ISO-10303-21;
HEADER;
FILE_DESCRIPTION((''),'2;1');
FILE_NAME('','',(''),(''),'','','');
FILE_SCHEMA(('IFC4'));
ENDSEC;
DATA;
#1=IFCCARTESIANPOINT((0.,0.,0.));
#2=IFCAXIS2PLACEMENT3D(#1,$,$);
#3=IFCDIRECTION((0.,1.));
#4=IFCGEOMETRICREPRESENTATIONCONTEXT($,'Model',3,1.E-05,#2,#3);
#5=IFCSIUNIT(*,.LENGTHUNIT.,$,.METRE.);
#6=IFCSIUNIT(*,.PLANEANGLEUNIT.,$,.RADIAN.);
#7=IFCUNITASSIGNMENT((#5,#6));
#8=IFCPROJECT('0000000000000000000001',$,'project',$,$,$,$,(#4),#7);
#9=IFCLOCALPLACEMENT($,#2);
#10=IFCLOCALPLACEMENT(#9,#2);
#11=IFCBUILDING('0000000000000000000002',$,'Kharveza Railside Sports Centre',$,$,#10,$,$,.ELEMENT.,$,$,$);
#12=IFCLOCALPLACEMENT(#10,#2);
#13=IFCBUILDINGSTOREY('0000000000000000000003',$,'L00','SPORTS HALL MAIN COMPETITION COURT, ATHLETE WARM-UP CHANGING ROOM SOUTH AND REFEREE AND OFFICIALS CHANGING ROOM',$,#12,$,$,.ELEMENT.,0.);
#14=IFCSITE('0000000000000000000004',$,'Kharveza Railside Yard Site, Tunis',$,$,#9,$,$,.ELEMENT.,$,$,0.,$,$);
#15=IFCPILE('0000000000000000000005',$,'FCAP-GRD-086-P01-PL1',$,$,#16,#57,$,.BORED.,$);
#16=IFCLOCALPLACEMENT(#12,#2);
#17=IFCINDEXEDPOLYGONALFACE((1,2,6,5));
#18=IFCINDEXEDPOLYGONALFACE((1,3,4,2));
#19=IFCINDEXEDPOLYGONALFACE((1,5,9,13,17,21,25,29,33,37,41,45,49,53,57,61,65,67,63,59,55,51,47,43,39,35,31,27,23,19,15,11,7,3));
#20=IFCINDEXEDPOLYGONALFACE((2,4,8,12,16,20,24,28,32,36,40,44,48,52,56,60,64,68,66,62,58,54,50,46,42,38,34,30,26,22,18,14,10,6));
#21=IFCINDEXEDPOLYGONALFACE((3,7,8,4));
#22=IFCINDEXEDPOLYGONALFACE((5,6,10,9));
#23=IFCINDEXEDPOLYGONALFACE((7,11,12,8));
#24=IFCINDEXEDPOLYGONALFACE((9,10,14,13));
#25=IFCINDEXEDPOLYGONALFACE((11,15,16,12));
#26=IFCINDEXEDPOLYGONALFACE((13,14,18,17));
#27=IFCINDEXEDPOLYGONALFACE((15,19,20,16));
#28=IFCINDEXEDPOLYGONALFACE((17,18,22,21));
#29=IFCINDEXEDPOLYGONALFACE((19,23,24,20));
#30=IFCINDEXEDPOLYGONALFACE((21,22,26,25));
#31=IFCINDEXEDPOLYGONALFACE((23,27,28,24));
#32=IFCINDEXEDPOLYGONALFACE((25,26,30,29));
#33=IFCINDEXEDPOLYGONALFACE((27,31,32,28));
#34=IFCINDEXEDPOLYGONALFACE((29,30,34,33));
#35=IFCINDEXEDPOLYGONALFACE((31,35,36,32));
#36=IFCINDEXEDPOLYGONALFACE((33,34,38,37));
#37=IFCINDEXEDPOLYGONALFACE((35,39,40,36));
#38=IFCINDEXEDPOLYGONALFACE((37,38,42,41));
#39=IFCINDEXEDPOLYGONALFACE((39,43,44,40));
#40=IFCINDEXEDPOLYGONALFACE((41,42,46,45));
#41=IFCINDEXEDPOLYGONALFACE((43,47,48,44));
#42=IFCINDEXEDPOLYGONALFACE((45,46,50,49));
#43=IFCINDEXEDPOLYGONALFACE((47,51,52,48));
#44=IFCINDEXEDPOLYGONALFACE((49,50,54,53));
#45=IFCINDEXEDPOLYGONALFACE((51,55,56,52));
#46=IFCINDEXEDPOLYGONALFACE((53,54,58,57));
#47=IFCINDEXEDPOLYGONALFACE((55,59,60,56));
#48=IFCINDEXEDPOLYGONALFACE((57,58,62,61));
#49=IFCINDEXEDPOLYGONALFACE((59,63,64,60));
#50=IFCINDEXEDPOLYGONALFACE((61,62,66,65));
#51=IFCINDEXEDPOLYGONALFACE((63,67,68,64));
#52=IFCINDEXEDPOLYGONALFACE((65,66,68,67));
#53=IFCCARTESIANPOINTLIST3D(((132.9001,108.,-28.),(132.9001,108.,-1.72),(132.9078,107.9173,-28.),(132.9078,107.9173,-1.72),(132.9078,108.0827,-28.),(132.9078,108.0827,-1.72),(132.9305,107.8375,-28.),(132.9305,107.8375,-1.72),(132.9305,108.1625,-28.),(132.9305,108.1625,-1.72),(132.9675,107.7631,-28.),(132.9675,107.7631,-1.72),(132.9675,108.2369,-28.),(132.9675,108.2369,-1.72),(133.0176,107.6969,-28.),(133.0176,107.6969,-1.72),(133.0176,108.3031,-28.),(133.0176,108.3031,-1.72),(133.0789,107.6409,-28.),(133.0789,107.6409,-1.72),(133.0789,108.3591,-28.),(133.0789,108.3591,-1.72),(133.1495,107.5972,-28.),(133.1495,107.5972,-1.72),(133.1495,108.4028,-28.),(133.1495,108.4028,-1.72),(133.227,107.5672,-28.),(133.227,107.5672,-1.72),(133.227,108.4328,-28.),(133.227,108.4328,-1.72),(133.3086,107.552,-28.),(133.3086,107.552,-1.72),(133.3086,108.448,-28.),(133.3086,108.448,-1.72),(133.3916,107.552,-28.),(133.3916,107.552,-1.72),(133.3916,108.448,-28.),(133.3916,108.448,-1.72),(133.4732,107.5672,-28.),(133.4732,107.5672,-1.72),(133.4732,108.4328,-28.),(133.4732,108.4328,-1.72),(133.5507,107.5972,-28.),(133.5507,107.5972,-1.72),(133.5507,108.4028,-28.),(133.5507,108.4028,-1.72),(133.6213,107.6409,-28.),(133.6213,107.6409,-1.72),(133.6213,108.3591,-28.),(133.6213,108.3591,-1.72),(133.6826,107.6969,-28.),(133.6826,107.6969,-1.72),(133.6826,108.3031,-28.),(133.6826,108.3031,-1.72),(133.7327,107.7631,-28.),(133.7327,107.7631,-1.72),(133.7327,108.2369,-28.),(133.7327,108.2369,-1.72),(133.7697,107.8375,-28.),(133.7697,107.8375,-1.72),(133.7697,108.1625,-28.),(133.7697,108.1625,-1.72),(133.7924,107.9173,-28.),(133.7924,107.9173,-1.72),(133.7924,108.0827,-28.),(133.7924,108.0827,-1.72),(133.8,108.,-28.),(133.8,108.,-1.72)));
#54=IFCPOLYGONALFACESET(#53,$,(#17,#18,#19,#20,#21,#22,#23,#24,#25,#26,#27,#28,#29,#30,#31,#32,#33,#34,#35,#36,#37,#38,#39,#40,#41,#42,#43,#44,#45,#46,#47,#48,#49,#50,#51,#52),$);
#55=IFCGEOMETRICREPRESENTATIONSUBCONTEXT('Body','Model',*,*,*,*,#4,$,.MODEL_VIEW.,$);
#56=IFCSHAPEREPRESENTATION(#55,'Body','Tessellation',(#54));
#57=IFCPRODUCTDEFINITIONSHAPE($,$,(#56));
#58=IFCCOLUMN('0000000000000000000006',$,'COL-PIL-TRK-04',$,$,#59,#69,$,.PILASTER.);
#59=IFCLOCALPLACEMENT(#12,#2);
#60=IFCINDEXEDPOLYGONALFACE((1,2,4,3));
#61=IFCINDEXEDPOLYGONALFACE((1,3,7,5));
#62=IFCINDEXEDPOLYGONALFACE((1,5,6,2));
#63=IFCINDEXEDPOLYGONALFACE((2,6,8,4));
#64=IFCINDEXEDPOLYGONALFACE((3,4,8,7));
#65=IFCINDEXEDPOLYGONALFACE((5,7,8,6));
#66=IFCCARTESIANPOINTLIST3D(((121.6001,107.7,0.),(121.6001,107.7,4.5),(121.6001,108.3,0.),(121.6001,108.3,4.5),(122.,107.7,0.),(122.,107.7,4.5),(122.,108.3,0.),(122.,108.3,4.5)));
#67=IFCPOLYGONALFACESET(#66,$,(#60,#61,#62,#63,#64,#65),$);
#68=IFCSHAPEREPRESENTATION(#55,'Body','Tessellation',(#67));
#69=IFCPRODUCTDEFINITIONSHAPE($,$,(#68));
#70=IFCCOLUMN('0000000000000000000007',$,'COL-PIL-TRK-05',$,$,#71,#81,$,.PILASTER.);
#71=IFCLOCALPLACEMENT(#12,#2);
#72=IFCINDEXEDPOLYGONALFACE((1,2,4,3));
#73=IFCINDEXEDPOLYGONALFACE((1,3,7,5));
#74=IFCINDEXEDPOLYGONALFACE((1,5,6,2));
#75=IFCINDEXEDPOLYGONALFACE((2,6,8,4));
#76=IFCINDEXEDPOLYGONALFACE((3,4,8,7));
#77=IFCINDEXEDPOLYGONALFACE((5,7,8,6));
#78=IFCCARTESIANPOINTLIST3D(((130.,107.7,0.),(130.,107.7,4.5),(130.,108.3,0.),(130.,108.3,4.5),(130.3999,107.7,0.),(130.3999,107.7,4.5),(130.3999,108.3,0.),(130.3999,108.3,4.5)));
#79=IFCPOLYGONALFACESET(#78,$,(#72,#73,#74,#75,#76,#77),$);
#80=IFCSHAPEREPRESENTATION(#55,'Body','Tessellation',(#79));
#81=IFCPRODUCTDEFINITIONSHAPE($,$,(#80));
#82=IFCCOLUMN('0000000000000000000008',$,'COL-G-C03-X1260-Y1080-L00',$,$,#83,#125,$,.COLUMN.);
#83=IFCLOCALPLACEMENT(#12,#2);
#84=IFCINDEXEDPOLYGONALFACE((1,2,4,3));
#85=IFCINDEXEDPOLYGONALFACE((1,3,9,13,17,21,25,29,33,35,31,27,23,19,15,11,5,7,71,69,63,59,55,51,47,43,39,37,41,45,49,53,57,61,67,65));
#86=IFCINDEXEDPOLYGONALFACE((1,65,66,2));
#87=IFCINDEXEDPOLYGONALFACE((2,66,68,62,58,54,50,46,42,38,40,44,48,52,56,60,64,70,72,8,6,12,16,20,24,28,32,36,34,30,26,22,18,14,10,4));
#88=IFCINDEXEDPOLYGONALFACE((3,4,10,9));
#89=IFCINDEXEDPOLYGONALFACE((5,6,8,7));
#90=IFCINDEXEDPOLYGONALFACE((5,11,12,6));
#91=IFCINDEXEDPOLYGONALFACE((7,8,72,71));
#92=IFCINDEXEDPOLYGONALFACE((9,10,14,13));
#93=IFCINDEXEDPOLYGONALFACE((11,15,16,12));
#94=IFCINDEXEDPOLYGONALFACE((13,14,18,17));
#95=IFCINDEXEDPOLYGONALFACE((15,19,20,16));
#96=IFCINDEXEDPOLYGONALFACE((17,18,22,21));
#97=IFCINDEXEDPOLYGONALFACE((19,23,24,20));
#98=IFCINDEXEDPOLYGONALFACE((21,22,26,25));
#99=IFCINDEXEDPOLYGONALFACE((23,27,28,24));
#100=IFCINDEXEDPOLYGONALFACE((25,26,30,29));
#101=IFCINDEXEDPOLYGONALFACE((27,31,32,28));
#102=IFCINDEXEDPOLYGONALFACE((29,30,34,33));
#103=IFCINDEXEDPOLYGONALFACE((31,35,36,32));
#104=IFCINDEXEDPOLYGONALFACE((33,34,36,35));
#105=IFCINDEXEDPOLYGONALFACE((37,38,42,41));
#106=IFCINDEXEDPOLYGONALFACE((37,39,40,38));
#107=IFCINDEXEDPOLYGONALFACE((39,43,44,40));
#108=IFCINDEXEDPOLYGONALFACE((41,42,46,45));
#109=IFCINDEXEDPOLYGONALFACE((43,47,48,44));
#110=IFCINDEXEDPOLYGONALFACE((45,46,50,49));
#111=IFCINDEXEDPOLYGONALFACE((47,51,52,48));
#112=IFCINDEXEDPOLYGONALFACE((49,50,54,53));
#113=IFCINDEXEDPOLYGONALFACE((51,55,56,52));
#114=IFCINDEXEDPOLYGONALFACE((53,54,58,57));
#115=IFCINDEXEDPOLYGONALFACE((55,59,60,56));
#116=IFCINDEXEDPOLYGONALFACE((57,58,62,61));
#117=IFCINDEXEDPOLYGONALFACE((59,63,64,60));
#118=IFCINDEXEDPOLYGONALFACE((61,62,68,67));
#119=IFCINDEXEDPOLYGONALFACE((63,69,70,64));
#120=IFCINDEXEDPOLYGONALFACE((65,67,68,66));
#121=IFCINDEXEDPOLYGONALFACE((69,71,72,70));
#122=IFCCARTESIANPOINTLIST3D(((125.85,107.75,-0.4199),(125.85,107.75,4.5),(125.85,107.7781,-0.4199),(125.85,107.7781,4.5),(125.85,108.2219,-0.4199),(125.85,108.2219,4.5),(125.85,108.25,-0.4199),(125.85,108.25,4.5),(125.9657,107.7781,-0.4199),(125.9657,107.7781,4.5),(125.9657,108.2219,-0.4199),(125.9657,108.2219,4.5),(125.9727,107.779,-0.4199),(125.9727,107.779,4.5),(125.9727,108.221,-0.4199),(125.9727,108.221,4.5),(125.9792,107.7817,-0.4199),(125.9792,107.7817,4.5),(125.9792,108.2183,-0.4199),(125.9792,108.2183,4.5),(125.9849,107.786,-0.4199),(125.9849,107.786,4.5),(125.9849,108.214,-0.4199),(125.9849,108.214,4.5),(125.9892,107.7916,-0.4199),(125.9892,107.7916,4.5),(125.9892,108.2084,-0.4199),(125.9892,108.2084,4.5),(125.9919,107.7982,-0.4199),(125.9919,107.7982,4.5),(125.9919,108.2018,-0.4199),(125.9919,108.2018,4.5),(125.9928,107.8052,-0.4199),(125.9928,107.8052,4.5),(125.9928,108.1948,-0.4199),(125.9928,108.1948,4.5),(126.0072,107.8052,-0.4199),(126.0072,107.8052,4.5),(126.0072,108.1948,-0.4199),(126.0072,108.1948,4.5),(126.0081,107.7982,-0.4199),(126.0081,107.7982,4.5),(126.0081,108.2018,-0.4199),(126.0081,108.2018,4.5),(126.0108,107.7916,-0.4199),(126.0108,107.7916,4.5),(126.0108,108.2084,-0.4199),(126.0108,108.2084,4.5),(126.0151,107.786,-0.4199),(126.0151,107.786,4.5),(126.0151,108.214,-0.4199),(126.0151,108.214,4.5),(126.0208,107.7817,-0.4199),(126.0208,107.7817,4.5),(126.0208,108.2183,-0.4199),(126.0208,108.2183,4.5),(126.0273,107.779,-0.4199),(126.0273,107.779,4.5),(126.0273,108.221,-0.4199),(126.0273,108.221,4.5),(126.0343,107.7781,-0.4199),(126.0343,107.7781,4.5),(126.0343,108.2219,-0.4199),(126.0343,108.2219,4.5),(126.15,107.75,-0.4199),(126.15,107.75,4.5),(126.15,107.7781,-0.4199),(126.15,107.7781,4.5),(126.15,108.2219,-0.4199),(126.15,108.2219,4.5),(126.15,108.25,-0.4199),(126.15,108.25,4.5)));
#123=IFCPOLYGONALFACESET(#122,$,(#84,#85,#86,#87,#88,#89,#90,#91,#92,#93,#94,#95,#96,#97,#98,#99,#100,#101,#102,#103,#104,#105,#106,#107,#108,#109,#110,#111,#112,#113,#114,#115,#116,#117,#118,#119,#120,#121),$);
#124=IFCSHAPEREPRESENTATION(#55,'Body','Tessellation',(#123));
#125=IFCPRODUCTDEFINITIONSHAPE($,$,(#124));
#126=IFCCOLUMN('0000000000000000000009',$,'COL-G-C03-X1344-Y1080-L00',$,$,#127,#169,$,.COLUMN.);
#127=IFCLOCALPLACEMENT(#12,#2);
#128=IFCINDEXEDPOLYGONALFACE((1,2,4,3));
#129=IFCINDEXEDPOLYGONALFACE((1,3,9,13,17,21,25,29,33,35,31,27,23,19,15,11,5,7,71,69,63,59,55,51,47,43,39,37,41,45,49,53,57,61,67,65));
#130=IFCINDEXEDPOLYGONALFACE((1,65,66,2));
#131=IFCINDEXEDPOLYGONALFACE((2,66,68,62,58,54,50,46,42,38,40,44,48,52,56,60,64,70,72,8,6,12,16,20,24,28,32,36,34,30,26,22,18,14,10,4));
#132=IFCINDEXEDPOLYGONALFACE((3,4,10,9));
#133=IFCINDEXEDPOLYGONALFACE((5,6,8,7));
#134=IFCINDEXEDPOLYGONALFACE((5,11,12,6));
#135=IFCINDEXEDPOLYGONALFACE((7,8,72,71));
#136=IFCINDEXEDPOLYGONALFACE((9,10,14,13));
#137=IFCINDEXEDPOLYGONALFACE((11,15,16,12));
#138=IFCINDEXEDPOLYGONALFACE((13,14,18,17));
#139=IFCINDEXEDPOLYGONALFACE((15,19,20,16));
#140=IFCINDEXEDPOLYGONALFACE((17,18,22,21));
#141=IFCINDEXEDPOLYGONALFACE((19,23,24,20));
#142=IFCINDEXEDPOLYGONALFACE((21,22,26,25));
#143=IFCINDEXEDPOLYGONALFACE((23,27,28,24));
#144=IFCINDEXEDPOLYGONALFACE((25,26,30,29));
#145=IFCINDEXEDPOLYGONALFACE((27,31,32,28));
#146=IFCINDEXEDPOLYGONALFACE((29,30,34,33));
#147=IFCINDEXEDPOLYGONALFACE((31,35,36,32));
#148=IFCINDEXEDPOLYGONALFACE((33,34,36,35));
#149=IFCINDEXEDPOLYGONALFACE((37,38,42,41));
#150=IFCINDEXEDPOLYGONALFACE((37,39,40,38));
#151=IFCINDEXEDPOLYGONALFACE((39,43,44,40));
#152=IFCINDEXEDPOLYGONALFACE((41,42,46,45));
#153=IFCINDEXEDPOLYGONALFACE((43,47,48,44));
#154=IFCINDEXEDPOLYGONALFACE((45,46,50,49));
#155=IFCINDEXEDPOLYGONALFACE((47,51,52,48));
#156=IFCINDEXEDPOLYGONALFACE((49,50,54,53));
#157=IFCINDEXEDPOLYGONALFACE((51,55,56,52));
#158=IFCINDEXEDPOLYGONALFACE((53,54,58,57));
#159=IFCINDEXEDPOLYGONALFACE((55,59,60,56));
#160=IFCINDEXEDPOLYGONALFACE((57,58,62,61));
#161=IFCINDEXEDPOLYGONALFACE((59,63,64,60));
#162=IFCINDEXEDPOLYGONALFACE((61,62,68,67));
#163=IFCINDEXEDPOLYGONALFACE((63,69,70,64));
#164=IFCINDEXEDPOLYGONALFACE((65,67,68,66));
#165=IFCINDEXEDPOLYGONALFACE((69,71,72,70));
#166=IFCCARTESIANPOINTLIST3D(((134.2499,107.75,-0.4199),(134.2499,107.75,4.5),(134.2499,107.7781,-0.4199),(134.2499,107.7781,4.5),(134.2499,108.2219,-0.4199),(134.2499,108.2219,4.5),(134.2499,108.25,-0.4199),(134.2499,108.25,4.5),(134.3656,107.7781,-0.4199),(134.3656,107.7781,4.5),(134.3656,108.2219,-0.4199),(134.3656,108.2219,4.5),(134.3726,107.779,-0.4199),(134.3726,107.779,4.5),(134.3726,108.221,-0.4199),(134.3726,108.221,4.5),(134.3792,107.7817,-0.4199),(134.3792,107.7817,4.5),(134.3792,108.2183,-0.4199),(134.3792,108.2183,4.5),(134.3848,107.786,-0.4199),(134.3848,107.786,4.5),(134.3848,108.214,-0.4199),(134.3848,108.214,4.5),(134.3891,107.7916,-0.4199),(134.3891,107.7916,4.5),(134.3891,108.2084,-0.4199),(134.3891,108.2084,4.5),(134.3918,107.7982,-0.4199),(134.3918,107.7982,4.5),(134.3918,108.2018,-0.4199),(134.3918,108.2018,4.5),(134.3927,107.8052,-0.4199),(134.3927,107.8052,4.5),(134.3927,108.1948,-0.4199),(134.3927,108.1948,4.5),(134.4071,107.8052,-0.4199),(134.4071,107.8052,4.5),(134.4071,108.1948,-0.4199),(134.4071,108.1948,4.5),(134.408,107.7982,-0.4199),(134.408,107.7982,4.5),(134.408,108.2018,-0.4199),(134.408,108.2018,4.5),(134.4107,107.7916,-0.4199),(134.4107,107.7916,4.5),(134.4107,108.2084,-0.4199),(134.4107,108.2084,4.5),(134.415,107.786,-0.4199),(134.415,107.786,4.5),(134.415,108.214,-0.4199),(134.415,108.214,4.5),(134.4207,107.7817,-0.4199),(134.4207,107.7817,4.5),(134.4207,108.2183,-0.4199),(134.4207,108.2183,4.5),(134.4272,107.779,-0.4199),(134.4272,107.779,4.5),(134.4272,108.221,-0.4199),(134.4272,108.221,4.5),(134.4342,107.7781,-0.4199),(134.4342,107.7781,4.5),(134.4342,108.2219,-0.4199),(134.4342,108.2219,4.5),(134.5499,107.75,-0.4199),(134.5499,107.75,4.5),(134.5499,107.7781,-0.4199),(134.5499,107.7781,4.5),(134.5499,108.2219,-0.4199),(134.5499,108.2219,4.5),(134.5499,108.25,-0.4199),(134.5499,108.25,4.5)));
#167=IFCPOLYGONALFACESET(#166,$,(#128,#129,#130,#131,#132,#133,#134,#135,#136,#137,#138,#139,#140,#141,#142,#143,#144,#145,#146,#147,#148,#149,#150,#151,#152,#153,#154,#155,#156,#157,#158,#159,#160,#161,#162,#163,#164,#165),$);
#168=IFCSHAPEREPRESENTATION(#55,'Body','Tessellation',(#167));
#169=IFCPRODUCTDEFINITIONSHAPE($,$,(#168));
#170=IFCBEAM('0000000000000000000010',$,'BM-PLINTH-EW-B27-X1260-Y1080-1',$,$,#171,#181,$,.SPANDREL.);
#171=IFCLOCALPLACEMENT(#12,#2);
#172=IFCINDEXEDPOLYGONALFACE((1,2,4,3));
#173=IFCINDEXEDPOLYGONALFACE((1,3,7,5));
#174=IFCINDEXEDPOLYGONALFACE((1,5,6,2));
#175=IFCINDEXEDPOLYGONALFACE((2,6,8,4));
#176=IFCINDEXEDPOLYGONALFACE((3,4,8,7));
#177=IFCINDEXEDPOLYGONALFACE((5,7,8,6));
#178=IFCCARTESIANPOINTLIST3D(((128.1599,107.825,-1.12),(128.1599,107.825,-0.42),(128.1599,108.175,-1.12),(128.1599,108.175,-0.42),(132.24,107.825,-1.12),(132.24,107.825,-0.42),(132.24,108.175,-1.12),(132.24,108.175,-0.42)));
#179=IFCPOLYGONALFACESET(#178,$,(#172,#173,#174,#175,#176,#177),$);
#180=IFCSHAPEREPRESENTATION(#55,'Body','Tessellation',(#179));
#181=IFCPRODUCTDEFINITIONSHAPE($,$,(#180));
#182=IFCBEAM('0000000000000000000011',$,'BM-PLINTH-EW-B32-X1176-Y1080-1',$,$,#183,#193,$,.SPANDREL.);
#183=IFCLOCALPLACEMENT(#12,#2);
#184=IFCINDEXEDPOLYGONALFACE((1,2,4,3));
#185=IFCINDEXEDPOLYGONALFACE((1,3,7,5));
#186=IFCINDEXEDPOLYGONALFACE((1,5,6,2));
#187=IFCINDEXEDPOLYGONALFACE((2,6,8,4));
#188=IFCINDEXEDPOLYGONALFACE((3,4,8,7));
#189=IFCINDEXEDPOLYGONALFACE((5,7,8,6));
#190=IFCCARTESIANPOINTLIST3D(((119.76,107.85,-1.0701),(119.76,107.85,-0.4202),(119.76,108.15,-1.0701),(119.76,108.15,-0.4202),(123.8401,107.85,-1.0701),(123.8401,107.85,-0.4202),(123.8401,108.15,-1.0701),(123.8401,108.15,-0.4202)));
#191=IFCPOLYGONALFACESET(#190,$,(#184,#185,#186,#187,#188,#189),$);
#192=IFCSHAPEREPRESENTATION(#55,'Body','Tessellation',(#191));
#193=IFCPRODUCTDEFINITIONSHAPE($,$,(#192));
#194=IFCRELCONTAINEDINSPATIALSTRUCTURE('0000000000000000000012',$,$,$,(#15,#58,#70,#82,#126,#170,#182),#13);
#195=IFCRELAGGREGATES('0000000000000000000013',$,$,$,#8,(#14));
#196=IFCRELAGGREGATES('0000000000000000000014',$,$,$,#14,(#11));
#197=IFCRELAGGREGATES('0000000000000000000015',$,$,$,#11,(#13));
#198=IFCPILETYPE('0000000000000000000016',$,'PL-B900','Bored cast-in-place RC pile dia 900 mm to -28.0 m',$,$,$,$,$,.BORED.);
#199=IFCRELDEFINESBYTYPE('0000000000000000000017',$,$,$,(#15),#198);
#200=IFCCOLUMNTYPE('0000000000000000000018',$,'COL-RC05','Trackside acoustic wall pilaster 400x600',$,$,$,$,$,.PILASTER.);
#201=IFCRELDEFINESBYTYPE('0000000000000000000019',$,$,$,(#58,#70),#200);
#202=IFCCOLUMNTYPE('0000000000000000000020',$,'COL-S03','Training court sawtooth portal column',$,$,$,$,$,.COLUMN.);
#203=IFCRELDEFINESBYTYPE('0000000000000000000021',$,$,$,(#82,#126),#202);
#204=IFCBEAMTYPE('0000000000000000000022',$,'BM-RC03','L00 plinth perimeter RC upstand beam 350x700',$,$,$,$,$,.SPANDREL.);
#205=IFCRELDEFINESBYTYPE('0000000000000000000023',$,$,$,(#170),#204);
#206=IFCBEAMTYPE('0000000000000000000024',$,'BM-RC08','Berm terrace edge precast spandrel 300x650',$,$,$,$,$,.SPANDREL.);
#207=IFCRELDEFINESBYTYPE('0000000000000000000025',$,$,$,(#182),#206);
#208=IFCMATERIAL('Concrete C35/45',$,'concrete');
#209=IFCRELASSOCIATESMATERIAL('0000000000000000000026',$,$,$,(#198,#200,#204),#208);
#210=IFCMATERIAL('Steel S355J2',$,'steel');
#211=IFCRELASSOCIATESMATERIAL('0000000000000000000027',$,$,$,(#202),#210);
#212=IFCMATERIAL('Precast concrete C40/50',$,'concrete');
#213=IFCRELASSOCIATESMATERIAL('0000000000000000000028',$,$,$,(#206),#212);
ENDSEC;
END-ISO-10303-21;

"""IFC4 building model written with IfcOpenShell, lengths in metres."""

from ifc_helpers import new_model, si_unit, direction, frame, origin, origin_2d, place, context, subcontext, project, spatial, rectangle, circle, i_section, extrude, material, material_profile, profile_set, type_object, element, save


model = new_model("IFC4")

# Units and contexts
model_context = context("Model", 3, precision=1e-05, world=origin(), true_north=direction((0.0, 1.0)))
body_context = subcontext(model_context, "Body", "Model", "MODEL_VIEW")
ifc_project = project(units=[si_unit("LENGTHUNIT", "METRE"), si_unit("PLANEANGLEUNIT", "RADIAN")], contexts=[model_context])

# Site, building, storey
site_placement = place(None, origin())
site = spatial("IfcSite", under=ifc_project, at=site_placement, Name="Kharveza Railside Yard Site, Tunis", CompositionType="ELEMENT", RefElevation=0.0)
building_placement = place(site_placement, origin())
building = spatial("IfcBuilding", under=site, at=building_placement, Name="Kharveza Railside Sports Centre", CompositionType="ELEMENT")
storey_placement = place(building_placement, origin())
storey = spatial("IfcBuildingStorey", under=building, at=storey_placement, Name="L00", Description="SPORTS HALL MAIN COMPETITION COURT, ATHLETE WARM-UP CHANGING ROOM SOUTH AND REFEREE AND OFFICIALS CHANGING ROOM", CompositionType="ELEMENT", Elevation=0.0)

# Shared definitions
ifc_material_1 = material(Name="Concrete C35/45", Category="concrete")

# Pile
ifc_material_profile_1 = material_profile(ifc_material_1, circle(Radius=0.45, at=origin_2d()), Name="PILE D900")
ifc_profile_set_1 = profile_set([ifc_material_profile_1], Name="Concrete C35/45")
pile_type = type_object("IfcPileType", Name="PL-B900", Description="Bored cast-in-place RC pile dia 900 mm to -28.0 m", PredefinedType="BORED", material=ifc_profile_set_1)
for number, where, z_axis, x_axis, name in (
    (1, (133.3501, 108.0, -1.72), (0.0, 0.0, -1.0), (1.0, 0.0, 0.0), "FCAP-GRD-086-P01-PL1"),
):
    element("IfcPile", number, at=place(storey_placement, frame(where, z_axis=z_axis, x_axis=x_axis)), inside=storey, type_object=pile_type, Name=name, PredefinedType="BORED", context=body_context, shape_type="SweptSolid", body=[
        extrude(circle(Radius=0.45, at=origin_2d()), origin(), (0.0, 0.0, 1.0), 26.28),
    ])

# Columns
ifc_material_profile_2 = material_profile(ifc_material_1, rectangle(XDim=0.3999, YDim=0.6001, at=origin_2d()), Name="RC 400x600")
ifc_profile_set_2 = profile_set([ifc_material_profile_2], Name="Concrete C35/45")
column_type_1 = type_object("IfcColumnType", Name="COL-RC05", Description="Trackside acoustic wall pilaster 400x600", PredefinedType="PILASTER", material=ifc_profile_set_2)
for number, where, z_axis, x_axis, name in (
    (2, (121.8, 108.0, 0.0), (0.0, 0.0, 1.0), (1.0, 0.0, 0.0), "COL-PIL-TRK-04"),
    (3, (130.2, 108.0, 0.0), (0.0, 0.0, 1.0), (1.0, 0.0, 0.0), "COL-PIL-TRK-05"),
):
    element("IfcColumn", number, at=place(storey_placement, frame(where, z_axis=z_axis, x_axis=x_axis)), inside=storey, type_object=column_type_1, Name=name, PredefinedType="PILASTER", context=body_context, shape_type="SweptSolid", body=[
        extrude(rectangle(XDim=0.3999, YDim=0.6001, at=origin_2d()), origin(), (0.0, 0.0, 1.0), 4.5),
    ])
ifc_material_2 = material(Name="Steel S355J2", Category="steel")
ifc_material_profile_3 = material_profile(ifc_material_2, i_section(OverallWidth=0.3, OverallDepth=0.5, WebThickness=0.0144, FlangeThickness=0.0281, FilletRadius=0.0271, at=origin_2d()), Name="HEB 500")
ifc_profile_set_3 = profile_set([ifc_material_profile_3], Name="Steel S355J2")
column_type_2 = type_object("IfcColumnType", Name="COL-S03", Description="Training court sawtooth portal column", PredefinedType="COLUMN", material=ifc_profile_set_3)
for number, where, z_axis, x_axis, name in (
    (4, (126.0, 108.0, -0.4199), (0.0, 0.0, 1.0), (1.0, 0.0, 0.0), "COL-G-C03-X1260-Y1080-L00"),
    (5, (134.3999, 108.0, -0.4199), (0.0, 0.0, 1.0), (1.0, 0.0, 0.0), "COL-G-C03-X1344-Y1080-L00"),
):
    element("IfcColumn", number, at=place(storey_placement, frame(where, z_axis=z_axis, x_axis=x_axis)), inside=storey, type_object=column_type_2, Name=name, PredefinedType="COLUMN", context=body_context, shape_type="SweptSolid", body=[
        extrude(i_section(OverallWidth=0.3, OverallDepth=0.5, WebThickness=0.0144, FlangeThickness=0.0281, FilletRadius=0.0271, at=origin_2d()), origin(), (0.0, 0.0, 1.0), 4.9199),
    ])

# Beams
ifc_material_profile_4 = material_profile(ifc_material_1, rectangle(XDim=0.3501, YDim=0.7, at=origin_2d()), Name="RCB 350x700")
ifc_profile_set_4 = profile_set([ifc_material_profile_4], Name="Concrete C35/45")
beam_type_1 = type_object("IfcBeamType", Name="BM-RC03", Description="L00 plinth perimeter RC upstand beam 350x700", PredefinedType="SPANDREL", material=ifc_profile_set_4)
beam_1_placement = place(storey_placement, frame((128.1599, 108.0, -0.77), z_axis=(1.0, 0.0, 0.0), x_axis=(0.0, 1.0, 0.0)))
element("IfcBeam", 6, at=beam_1_placement, inside=storey, type_object=beam_type_1, Name="BM-PLINTH-EW-B27-X1260-Y1080-1", PredefinedType="SPANDREL", context=body_context, shape_type="SweptSolid", body=[
    extrude(rectangle(XDim=0.3501, YDim=0.7, at=origin_2d()), origin(), (0.0, 0.0, 1.0), 4.0801),
])
ifc_material_3 = material(Name="Precast concrete C40/50", Category="concrete")
ifc_material_profile_5 = material_profile(ifc_material_3, rectangle(XDim=0.3, YDim=0.6499, at=origin_2d()), Name="RCB 300x650")
ifc_profile_set_5 = profile_set([ifc_material_profile_5], Name="Precast concrete C40/50")
beam_type_2 = type_object("IfcBeamType", Name="BM-RC08", Description="Berm terrace edge precast spandrel 300x650", PredefinedType="SPANDREL", material=ifc_profile_set_5)
beam_2_placement = place(storey_placement, frame((119.76, 108.0, -0.7451), z_axis=(1.0, 0.0, 0.0), x_axis=(0.0, 1.0, 0.0)))
element("IfcBeam", 7, at=beam_2_placement, inside=storey, type_object=beam_type_2, Name="BM-PLINTH-EW-B32-X1176-Y1080-1", PredefinedType="SPANDREL", context=body_context, shape_type="SweptSolid", body=[
    extrude(rectangle(XDim=0.3, YDim=0.6499, at=origin_2d()), origin(), (0.0, 0.0, 1.0), 4.0801),
])

save(model, "model.ifc")
